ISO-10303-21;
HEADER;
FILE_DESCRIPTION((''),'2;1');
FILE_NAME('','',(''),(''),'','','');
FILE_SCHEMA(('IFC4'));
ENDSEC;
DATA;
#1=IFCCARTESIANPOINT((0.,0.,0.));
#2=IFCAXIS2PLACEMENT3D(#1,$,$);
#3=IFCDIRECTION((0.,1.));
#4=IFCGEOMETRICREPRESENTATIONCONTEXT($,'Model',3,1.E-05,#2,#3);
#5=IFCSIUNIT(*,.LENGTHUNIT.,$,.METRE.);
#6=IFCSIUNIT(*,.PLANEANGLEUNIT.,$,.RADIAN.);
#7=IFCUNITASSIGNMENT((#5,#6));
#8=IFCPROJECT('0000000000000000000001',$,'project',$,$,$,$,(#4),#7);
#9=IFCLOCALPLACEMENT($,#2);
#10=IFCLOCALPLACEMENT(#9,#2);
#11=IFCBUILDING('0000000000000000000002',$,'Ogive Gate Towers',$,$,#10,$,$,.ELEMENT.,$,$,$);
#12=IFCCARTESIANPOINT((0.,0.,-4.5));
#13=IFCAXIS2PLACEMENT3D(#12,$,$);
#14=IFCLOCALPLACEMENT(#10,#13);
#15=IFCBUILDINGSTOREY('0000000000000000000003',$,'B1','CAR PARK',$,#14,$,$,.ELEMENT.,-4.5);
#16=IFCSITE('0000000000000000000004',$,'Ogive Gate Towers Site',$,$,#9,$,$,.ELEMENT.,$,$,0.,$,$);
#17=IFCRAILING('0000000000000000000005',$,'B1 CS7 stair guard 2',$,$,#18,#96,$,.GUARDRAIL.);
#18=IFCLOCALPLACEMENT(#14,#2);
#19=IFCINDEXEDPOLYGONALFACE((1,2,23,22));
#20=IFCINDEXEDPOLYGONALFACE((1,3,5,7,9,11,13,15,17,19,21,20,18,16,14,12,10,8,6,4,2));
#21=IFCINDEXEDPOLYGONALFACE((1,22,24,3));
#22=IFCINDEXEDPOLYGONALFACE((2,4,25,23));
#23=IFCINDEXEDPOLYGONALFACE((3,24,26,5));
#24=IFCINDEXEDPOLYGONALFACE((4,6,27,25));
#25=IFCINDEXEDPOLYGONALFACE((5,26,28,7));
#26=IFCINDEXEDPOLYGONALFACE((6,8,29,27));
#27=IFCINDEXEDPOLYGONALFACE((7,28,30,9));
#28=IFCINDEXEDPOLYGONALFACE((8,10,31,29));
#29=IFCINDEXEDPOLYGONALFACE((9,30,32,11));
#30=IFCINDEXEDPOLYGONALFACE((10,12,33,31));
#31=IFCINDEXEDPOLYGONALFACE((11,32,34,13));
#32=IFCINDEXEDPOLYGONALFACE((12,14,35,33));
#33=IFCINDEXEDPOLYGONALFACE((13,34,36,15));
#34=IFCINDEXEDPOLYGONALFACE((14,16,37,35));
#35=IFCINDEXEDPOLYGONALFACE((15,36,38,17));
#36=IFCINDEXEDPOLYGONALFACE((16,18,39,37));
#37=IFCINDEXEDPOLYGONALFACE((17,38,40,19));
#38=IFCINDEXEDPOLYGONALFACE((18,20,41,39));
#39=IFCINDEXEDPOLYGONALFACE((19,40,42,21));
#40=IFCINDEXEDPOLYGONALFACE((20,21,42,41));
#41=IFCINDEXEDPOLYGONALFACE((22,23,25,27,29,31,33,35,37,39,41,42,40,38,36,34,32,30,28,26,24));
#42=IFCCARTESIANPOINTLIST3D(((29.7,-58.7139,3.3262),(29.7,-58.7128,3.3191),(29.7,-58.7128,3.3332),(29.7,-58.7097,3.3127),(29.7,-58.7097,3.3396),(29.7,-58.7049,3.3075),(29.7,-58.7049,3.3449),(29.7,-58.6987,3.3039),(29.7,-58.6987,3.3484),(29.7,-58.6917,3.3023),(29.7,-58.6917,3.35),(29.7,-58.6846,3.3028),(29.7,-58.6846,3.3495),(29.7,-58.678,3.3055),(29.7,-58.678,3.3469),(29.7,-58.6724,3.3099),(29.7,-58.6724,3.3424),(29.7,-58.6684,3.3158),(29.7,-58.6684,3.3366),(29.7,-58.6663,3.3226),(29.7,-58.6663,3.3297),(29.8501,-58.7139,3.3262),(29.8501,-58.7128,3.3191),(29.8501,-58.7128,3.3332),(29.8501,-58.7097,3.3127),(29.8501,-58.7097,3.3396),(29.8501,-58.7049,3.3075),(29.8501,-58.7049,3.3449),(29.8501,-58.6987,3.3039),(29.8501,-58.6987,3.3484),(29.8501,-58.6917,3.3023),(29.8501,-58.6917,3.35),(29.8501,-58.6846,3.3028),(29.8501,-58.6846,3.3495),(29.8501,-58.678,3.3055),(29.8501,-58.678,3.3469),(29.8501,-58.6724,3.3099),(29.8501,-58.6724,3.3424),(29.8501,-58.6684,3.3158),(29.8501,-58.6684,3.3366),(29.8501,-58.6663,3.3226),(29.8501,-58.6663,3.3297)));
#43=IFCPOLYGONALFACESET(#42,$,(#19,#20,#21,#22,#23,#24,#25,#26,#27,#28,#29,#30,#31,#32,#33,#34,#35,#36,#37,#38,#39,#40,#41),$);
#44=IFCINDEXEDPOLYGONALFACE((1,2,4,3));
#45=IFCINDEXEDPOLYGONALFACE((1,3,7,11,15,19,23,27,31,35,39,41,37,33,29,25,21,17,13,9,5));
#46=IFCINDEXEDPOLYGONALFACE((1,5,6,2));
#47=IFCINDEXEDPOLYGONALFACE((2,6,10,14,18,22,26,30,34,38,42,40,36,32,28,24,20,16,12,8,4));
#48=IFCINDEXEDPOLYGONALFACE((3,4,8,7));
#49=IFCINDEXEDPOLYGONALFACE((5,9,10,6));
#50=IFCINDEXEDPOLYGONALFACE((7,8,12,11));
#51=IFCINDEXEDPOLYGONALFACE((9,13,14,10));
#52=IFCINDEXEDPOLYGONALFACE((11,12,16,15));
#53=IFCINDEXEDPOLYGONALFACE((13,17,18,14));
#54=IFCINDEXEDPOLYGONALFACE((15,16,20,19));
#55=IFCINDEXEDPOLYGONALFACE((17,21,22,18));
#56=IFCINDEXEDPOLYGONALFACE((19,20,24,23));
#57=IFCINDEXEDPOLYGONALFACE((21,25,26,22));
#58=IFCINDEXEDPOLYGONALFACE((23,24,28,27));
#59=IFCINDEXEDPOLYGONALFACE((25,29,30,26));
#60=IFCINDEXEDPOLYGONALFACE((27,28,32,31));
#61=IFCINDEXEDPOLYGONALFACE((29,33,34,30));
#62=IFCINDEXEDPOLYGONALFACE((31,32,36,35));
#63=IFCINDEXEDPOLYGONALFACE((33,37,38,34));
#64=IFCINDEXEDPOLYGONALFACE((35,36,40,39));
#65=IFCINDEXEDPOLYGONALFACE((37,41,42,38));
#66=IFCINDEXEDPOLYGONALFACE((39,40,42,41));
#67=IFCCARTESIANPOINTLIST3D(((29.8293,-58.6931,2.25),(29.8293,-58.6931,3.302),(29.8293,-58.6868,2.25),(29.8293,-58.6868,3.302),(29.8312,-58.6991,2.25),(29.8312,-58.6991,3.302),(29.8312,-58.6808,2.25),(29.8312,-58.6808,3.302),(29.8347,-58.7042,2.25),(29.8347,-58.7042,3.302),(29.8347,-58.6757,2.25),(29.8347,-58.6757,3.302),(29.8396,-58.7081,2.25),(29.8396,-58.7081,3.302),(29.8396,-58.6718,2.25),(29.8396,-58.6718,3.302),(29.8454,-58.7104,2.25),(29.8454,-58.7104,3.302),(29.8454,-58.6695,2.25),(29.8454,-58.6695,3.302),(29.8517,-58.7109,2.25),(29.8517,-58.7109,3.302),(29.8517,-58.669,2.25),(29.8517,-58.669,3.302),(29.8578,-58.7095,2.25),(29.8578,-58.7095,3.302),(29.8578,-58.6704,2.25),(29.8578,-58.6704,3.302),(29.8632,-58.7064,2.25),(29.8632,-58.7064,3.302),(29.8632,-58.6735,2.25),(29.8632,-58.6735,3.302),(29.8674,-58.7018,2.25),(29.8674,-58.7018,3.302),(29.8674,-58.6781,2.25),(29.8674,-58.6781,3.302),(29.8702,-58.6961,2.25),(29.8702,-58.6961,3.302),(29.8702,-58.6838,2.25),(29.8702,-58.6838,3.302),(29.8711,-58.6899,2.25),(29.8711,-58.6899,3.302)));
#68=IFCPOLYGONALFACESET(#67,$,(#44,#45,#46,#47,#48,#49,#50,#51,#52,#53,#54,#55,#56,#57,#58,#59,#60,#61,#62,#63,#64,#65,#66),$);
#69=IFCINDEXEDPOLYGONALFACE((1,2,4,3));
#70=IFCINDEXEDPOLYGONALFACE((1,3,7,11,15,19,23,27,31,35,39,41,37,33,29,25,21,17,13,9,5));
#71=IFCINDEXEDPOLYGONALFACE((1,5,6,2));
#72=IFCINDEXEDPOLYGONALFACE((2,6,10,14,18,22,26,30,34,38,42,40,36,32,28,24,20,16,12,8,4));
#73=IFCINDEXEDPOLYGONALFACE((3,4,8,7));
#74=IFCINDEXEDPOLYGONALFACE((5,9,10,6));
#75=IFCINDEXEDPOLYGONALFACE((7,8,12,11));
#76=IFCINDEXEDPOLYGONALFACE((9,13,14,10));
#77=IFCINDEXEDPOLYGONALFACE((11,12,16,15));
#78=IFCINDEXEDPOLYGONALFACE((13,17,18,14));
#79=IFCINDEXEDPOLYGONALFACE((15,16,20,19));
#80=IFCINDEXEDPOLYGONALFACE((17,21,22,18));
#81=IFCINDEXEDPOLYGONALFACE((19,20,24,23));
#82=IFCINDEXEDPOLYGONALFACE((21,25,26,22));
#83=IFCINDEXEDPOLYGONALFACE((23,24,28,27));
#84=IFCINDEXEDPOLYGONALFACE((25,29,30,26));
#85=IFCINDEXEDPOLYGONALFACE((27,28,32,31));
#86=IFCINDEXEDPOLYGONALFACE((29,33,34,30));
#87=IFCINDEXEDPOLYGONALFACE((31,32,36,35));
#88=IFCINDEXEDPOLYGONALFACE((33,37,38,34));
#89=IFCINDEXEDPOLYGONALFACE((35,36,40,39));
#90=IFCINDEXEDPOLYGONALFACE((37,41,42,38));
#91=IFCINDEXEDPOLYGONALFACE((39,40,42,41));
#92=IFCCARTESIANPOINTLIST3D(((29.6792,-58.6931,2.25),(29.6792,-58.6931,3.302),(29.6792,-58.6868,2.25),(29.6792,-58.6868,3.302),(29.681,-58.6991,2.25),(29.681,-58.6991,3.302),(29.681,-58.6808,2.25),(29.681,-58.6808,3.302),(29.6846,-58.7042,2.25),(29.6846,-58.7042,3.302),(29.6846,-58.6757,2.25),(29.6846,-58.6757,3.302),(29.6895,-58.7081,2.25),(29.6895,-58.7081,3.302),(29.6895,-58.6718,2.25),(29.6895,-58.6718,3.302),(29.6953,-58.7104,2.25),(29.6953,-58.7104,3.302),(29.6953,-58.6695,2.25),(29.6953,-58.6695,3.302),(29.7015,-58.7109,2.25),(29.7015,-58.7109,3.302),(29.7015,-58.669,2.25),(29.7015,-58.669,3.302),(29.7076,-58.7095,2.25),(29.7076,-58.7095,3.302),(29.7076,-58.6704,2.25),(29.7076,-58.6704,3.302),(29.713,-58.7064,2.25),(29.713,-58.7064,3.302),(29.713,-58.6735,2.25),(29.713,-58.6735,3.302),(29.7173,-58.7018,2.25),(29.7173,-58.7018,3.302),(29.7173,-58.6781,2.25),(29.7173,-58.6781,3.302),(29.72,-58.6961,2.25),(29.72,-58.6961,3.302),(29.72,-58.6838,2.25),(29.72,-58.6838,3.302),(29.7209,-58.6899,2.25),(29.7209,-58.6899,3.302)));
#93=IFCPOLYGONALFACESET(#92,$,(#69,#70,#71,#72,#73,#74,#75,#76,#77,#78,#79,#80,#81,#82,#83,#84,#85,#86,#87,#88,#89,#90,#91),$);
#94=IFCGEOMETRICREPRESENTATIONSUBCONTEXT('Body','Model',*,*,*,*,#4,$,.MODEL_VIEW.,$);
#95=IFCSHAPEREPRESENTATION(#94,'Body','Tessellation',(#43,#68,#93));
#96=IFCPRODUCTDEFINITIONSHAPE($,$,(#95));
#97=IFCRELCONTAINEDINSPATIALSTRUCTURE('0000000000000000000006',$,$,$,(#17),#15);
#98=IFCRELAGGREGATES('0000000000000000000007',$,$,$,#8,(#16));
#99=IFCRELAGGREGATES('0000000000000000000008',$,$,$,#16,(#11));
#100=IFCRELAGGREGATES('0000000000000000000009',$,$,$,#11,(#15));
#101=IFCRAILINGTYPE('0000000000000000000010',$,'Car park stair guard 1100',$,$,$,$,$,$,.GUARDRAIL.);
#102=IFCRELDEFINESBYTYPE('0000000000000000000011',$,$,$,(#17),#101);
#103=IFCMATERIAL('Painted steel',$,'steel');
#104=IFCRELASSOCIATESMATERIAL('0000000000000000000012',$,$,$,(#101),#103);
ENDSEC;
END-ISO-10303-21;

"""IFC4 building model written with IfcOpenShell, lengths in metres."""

from ifc_helpers import new_model, si_unit, direction, frame, origin, origin_2d, place, context, subcontext, project, spatial, circle, extrude, material, type_object, element, save


model = new_model("IFC4")

# Units and contexts
model_context = context("Model", 3, precision=1e-05, world=origin(), true_north=direction((0.0, 1.0)))
body_context = subcontext(model_context, "Body", "Model", "MODEL_VIEW")
ifc_project = project(units=[si_unit("LENGTHUNIT", "METRE"), si_unit("PLANEANGLEUNIT", "RADIAN")], contexts=[model_context])

# Site, building, storey
site_placement = place(None, origin())
site = spatial("IfcSite", under=ifc_project, at=site_placement, Name="Ogive Gate Towers Site", CompositionType="ELEMENT", RefElevation=0.0)
building_placement = place(site_placement, origin())
building = spatial("IfcBuilding", under=site, at=building_placement, Name="Ogive Gate Towers", CompositionType="ELEMENT")
storey_placement = place(building_placement, frame((0.0, 0.0, -4.5)))
storey = spatial("IfcBuildingStorey", under=building, at=storey_placement, Name="B1", Description="CAR PARK", CompositionType="ELEMENT", Elevation=-4.5)

# Railing
ifc_material_1 = material(Name="Painted steel", Category="steel")
railing_type_1 = type_object("IfcRailingType", Name="Car park stair guard 1100", PredefinedType="GUARDRAIL", material=ifc_material_1)
railing_1_placement = place(storey_placement, frame((29.8501, -58.6899, 2.25)))
element("IfcRailing", 1, at=railing_1_placement, inside=storey, type_object=railing_type_1, Name="B1 CS7 stair guard 2", PredefinedType="GUARDRAIL", context=body_context, shape_type="SweptSolid", body=[
    extrude(circle(Radius=0.0239, at=origin_2d()), frame((0.0, 0.0, 1.0762), z_axis=(-1.0, 0.0, 0.0), x_axis=(0.0, -1.0, 0.0)), (0.0, 0.0, 1.0), 0.1501),
    extrude(circle(Radius=0.021, at=origin_2d()), origin(), (0.0, 0.0, 1.0), 1.052),
    extrude(circle(Radius=0.021, at=origin_2d()), frame((-0.1501, 0.0, 0.0)), (0.0, 0.0, 1.0), 1.052),
])

save(model, "model.ifc")
